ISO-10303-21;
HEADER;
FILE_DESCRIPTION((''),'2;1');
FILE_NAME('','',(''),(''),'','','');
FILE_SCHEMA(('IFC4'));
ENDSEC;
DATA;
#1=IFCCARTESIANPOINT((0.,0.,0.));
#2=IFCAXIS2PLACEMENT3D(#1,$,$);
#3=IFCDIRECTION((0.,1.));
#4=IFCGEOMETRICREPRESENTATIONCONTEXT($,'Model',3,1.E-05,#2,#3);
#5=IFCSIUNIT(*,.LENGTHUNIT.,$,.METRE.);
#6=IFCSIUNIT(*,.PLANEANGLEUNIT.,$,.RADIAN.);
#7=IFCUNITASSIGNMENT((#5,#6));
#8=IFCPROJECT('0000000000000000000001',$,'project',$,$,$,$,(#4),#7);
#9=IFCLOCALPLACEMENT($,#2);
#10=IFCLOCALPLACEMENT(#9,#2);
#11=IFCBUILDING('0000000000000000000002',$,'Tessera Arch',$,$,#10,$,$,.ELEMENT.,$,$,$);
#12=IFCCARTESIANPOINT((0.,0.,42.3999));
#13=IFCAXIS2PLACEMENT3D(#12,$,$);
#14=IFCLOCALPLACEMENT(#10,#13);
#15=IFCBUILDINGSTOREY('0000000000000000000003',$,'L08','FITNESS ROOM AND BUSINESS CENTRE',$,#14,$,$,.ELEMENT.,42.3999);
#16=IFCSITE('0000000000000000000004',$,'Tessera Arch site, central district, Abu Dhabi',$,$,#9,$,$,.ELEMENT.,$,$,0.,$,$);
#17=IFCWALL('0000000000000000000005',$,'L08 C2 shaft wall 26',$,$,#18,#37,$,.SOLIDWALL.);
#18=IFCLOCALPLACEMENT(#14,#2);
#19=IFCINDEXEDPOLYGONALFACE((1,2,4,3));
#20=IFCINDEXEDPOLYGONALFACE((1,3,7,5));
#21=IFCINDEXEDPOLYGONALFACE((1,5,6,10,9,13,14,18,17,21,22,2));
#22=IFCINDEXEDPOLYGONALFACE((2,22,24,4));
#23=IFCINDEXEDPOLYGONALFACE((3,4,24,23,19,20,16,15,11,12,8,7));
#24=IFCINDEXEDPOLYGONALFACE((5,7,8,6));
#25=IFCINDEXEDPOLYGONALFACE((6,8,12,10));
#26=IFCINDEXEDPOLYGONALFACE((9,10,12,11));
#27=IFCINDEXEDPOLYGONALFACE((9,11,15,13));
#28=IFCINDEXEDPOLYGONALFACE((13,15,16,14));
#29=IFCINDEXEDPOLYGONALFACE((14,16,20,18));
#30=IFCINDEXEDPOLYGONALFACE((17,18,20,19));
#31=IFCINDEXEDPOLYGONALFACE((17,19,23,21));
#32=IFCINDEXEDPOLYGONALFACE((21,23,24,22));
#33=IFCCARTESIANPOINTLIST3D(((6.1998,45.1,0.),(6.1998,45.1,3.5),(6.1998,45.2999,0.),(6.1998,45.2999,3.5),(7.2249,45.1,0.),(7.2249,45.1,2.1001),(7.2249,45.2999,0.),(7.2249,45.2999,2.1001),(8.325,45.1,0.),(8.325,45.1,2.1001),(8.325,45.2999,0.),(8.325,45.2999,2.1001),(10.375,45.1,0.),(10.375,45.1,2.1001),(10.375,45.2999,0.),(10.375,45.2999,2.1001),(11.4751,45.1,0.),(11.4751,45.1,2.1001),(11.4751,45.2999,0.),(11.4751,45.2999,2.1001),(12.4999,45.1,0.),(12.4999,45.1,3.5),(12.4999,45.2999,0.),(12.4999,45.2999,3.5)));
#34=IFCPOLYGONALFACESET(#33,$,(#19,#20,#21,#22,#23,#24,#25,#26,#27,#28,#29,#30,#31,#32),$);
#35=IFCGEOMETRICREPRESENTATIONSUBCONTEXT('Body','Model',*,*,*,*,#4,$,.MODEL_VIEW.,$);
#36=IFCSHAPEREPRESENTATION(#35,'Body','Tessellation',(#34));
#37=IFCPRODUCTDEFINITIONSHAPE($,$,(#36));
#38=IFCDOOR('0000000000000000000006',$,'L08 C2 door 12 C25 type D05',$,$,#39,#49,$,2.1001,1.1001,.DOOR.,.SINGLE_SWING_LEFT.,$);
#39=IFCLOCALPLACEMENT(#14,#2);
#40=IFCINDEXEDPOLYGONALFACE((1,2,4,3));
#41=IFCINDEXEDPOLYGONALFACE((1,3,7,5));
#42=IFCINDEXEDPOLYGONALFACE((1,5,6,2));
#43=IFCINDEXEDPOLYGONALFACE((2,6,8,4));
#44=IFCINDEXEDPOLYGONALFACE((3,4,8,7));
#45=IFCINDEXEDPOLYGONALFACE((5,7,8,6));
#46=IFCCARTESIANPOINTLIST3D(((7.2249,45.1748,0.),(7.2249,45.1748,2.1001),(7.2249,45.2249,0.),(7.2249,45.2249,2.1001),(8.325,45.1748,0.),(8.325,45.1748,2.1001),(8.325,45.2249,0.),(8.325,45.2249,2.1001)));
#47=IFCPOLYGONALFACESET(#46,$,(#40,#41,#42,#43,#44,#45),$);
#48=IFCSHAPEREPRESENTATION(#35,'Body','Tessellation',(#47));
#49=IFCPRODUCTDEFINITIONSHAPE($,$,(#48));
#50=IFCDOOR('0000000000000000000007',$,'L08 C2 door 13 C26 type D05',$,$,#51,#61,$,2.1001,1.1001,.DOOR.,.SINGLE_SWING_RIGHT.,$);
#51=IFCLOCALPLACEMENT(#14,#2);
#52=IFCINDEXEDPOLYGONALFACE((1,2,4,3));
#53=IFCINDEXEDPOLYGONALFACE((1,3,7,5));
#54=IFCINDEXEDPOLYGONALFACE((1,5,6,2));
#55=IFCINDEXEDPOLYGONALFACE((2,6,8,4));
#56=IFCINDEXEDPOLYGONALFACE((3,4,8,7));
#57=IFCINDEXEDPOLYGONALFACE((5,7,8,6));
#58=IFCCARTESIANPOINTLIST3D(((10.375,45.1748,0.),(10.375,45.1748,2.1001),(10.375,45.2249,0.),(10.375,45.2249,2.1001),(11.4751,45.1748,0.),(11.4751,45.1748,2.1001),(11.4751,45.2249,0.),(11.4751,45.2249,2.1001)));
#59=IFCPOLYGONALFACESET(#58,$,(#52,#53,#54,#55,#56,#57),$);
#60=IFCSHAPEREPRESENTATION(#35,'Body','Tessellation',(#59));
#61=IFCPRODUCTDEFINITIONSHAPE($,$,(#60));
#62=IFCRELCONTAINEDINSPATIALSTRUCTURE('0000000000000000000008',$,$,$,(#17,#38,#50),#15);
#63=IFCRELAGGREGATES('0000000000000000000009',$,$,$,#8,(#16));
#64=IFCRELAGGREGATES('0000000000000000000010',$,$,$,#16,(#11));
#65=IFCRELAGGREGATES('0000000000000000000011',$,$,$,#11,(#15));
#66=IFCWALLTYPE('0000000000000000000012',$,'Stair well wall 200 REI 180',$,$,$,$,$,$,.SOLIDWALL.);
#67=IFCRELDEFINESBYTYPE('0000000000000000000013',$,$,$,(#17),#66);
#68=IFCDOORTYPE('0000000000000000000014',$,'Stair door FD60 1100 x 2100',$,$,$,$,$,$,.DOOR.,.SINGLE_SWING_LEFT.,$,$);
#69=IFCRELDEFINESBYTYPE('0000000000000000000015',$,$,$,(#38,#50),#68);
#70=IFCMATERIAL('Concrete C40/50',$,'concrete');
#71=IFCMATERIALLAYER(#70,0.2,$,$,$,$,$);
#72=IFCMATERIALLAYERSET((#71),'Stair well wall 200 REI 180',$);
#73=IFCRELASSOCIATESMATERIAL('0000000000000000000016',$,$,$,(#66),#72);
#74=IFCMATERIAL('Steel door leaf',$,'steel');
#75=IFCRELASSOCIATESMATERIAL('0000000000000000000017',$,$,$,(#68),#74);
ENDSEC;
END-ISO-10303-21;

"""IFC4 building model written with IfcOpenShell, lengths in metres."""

from ifc_helpers import new_model, si_unit, direction, frame, frame_2d, origin, place, context, subcontext, project, spatial, rectangle, extrude, material, layer, layer_set, type_object, element, fill, save


model = new_model("IFC4")

# Units and contexts
model_context = context("Model", 3, precision=1e-05, world=origin(), true_north=direction((0.0, 1.0)))
body_context = subcontext(model_context, "Body", "Model", "MODEL_VIEW")
ifc_project = project(units=[si_unit("LENGTHUNIT", "METRE"), si_unit("PLANEANGLEUNIT", "RADIAN")], contexts=[model_context])

# Site, building, storey
site_placement = place(None, origin())
site = spatial("IfcSite", under=ifc_project, at=site_placement, Name="Tessera Arch site, central district, Abu Dhabi", CompositionType="ELEMENT", RefElevation=0.0)
building_placement = place(site_placement, origin())
building = spatial("IfcBuilding", under=site, at=building_placement, Name="Tessera Arch", CompositionType="ELEMENT")
storey_placement = place(building_placement, frame((0.0, 0.0, 42.3999)))
storey = spatial("IfcBuildingStorey", under=building, at=storey_placement, Name="L08", Description="FITNESS ROOM AND BUSINESS CENTRE", CompositionType="ELEMENT", Elevation=42.3999)

# Wall, openings, doors
ifc_material_1 = material(Name="Concrete C40/50", Category="concrete")
ifc_layer_1 = layer(ifc_material_1, 0.2)
ifc_layer_set_1 = layer_set([ifc_layer_1], Name="Stair well wall 200 REI 180")
wall_type_1 = type_object("IfcWallType", Name="Stair well wall 200 REI 180", PredefinedType="SOLIDWALL", material=ifc_layer_set_1)
wall_1_placement = place(storey_placement, frame((6.2, 45.2, 0.0), z_axis=(0.0, 0.0, 1.0), x_axis=(1.0, 0.0, 0.0)))
wall_1 = element("IfcWall", 1, at=wall_1_placement, inside=storey, type_object=wall_type_1, Name="L08 C2 shaft wall 26", PredefinedType="SOLIDWALL", context=body_context, shape_type="SweptSolid", body=[
    extrude(rectangle(XDim=6.3, YDim=0.2, at=frame_2d((3.1499, 0.0))), origin(), (0.0, 0.0, 1.0), 3.5),
])
opening_1_placement = place(wall_1_placement, frame((1.0249, 0.0, 0.0)))
opening_1 = element("IfcOpeningElement", 2, at=opening_1_placement, cuts=wall_1, PredefinedType="OPENING", context=body_context, shape_type="SweptSolid", body=[
    extrude(rectangle(XDim=1.1001, YDim=2.1001, at=frame_2d((0.55, 1.05))), frame((0.0, 0.1099, 0.0), z_axis=(0.0, -1.0, 0.0), x_axis=(1.0, 0.0, 0.0)), (0.0, 0.0, 1.0), 0.22),
])
opening_2_placement = place(wall_1_placement, frame((4.175, 0.0, 0.0)))
opening_2 = element("IfcOpeningElement", 3, at=opening_2_placement, cuts=wall_1, PredefinedType="OPENING", context=body_context, shape_type="SweptSolid", body=[
    extrude(rectangle(XDim=1.1001, YDim=2.1001, at=frame_2d((0.55, 1.05))), frame((0.0, 0.1099, 0.0), z_axis=(0.0, -1.0, 0.0), x_axis=(1.0, 0.0, 0.0)), (0.0, 0.0, 1.0), 0.22),
])
ifc_material_2 = material(Name="Steel door leaf", Category="steel")
door_type_1 = type_object("IfcDoorType", Name="Stair door FD60 1100 x 2100", OperationType="SINGLE_SWING_LEFT", PredefinedType="DOOR", material=ifc_material_2)
door_1_placement = place(opening_1_placement, origin())
door_1 = element("IfcDoor", 4, at=door_1_placement, inside=storey, type_object=door_type_1, Name="L08 C2 door 12 C25 type D05", OperationType="SINGLE_SWING_LEFT", OverallHeight=2.1001, OverallWidth=1.1001, PredefinedType="DOOR", context=body_context, shape_type="SweptSolid", body=[
    extrude(rectangle(XDim=1.1001, YDim=2.1001, at=frame_2d((0.55, 1.05))), frame((0.0, 0.0249, 0.0), z_axis=(0.0, -1.0, 0.0), x_axis=(1.0, 0.0, 0.0)), (0.0, 0.0, 1.0), 0.05),
])
fill(opening_1, door_1)
door_2_placement = place(opening_2_placement, origin())
door_2 = element("IfcDoor", 5, at=door_2_placement, inside=storey, type_object=door_type_1, Name="L08 C2 door 13 C26 type D05", OperationType="SINGLE_SWING_RIGHT", OverallHeight=2.1001, OverallWidth=1.1001, PredefinedType="DOOR", context=body_context, shape_type="SweptSolid", body=[
    extrude(rectangle(XDim=1.1001, YDim=2.1001, at=frame_2d((0.55, 1.05))), frame((0.0, 0.0249, 0.0), z_axis=(0.0, -1.0, 0.0), x_axis=(1.0, 0.0, 0.0)), (0.0, 0.0, 1.0), 0.05),
])
fill(opening_2, door_2)

save(model, "model.ifc")
